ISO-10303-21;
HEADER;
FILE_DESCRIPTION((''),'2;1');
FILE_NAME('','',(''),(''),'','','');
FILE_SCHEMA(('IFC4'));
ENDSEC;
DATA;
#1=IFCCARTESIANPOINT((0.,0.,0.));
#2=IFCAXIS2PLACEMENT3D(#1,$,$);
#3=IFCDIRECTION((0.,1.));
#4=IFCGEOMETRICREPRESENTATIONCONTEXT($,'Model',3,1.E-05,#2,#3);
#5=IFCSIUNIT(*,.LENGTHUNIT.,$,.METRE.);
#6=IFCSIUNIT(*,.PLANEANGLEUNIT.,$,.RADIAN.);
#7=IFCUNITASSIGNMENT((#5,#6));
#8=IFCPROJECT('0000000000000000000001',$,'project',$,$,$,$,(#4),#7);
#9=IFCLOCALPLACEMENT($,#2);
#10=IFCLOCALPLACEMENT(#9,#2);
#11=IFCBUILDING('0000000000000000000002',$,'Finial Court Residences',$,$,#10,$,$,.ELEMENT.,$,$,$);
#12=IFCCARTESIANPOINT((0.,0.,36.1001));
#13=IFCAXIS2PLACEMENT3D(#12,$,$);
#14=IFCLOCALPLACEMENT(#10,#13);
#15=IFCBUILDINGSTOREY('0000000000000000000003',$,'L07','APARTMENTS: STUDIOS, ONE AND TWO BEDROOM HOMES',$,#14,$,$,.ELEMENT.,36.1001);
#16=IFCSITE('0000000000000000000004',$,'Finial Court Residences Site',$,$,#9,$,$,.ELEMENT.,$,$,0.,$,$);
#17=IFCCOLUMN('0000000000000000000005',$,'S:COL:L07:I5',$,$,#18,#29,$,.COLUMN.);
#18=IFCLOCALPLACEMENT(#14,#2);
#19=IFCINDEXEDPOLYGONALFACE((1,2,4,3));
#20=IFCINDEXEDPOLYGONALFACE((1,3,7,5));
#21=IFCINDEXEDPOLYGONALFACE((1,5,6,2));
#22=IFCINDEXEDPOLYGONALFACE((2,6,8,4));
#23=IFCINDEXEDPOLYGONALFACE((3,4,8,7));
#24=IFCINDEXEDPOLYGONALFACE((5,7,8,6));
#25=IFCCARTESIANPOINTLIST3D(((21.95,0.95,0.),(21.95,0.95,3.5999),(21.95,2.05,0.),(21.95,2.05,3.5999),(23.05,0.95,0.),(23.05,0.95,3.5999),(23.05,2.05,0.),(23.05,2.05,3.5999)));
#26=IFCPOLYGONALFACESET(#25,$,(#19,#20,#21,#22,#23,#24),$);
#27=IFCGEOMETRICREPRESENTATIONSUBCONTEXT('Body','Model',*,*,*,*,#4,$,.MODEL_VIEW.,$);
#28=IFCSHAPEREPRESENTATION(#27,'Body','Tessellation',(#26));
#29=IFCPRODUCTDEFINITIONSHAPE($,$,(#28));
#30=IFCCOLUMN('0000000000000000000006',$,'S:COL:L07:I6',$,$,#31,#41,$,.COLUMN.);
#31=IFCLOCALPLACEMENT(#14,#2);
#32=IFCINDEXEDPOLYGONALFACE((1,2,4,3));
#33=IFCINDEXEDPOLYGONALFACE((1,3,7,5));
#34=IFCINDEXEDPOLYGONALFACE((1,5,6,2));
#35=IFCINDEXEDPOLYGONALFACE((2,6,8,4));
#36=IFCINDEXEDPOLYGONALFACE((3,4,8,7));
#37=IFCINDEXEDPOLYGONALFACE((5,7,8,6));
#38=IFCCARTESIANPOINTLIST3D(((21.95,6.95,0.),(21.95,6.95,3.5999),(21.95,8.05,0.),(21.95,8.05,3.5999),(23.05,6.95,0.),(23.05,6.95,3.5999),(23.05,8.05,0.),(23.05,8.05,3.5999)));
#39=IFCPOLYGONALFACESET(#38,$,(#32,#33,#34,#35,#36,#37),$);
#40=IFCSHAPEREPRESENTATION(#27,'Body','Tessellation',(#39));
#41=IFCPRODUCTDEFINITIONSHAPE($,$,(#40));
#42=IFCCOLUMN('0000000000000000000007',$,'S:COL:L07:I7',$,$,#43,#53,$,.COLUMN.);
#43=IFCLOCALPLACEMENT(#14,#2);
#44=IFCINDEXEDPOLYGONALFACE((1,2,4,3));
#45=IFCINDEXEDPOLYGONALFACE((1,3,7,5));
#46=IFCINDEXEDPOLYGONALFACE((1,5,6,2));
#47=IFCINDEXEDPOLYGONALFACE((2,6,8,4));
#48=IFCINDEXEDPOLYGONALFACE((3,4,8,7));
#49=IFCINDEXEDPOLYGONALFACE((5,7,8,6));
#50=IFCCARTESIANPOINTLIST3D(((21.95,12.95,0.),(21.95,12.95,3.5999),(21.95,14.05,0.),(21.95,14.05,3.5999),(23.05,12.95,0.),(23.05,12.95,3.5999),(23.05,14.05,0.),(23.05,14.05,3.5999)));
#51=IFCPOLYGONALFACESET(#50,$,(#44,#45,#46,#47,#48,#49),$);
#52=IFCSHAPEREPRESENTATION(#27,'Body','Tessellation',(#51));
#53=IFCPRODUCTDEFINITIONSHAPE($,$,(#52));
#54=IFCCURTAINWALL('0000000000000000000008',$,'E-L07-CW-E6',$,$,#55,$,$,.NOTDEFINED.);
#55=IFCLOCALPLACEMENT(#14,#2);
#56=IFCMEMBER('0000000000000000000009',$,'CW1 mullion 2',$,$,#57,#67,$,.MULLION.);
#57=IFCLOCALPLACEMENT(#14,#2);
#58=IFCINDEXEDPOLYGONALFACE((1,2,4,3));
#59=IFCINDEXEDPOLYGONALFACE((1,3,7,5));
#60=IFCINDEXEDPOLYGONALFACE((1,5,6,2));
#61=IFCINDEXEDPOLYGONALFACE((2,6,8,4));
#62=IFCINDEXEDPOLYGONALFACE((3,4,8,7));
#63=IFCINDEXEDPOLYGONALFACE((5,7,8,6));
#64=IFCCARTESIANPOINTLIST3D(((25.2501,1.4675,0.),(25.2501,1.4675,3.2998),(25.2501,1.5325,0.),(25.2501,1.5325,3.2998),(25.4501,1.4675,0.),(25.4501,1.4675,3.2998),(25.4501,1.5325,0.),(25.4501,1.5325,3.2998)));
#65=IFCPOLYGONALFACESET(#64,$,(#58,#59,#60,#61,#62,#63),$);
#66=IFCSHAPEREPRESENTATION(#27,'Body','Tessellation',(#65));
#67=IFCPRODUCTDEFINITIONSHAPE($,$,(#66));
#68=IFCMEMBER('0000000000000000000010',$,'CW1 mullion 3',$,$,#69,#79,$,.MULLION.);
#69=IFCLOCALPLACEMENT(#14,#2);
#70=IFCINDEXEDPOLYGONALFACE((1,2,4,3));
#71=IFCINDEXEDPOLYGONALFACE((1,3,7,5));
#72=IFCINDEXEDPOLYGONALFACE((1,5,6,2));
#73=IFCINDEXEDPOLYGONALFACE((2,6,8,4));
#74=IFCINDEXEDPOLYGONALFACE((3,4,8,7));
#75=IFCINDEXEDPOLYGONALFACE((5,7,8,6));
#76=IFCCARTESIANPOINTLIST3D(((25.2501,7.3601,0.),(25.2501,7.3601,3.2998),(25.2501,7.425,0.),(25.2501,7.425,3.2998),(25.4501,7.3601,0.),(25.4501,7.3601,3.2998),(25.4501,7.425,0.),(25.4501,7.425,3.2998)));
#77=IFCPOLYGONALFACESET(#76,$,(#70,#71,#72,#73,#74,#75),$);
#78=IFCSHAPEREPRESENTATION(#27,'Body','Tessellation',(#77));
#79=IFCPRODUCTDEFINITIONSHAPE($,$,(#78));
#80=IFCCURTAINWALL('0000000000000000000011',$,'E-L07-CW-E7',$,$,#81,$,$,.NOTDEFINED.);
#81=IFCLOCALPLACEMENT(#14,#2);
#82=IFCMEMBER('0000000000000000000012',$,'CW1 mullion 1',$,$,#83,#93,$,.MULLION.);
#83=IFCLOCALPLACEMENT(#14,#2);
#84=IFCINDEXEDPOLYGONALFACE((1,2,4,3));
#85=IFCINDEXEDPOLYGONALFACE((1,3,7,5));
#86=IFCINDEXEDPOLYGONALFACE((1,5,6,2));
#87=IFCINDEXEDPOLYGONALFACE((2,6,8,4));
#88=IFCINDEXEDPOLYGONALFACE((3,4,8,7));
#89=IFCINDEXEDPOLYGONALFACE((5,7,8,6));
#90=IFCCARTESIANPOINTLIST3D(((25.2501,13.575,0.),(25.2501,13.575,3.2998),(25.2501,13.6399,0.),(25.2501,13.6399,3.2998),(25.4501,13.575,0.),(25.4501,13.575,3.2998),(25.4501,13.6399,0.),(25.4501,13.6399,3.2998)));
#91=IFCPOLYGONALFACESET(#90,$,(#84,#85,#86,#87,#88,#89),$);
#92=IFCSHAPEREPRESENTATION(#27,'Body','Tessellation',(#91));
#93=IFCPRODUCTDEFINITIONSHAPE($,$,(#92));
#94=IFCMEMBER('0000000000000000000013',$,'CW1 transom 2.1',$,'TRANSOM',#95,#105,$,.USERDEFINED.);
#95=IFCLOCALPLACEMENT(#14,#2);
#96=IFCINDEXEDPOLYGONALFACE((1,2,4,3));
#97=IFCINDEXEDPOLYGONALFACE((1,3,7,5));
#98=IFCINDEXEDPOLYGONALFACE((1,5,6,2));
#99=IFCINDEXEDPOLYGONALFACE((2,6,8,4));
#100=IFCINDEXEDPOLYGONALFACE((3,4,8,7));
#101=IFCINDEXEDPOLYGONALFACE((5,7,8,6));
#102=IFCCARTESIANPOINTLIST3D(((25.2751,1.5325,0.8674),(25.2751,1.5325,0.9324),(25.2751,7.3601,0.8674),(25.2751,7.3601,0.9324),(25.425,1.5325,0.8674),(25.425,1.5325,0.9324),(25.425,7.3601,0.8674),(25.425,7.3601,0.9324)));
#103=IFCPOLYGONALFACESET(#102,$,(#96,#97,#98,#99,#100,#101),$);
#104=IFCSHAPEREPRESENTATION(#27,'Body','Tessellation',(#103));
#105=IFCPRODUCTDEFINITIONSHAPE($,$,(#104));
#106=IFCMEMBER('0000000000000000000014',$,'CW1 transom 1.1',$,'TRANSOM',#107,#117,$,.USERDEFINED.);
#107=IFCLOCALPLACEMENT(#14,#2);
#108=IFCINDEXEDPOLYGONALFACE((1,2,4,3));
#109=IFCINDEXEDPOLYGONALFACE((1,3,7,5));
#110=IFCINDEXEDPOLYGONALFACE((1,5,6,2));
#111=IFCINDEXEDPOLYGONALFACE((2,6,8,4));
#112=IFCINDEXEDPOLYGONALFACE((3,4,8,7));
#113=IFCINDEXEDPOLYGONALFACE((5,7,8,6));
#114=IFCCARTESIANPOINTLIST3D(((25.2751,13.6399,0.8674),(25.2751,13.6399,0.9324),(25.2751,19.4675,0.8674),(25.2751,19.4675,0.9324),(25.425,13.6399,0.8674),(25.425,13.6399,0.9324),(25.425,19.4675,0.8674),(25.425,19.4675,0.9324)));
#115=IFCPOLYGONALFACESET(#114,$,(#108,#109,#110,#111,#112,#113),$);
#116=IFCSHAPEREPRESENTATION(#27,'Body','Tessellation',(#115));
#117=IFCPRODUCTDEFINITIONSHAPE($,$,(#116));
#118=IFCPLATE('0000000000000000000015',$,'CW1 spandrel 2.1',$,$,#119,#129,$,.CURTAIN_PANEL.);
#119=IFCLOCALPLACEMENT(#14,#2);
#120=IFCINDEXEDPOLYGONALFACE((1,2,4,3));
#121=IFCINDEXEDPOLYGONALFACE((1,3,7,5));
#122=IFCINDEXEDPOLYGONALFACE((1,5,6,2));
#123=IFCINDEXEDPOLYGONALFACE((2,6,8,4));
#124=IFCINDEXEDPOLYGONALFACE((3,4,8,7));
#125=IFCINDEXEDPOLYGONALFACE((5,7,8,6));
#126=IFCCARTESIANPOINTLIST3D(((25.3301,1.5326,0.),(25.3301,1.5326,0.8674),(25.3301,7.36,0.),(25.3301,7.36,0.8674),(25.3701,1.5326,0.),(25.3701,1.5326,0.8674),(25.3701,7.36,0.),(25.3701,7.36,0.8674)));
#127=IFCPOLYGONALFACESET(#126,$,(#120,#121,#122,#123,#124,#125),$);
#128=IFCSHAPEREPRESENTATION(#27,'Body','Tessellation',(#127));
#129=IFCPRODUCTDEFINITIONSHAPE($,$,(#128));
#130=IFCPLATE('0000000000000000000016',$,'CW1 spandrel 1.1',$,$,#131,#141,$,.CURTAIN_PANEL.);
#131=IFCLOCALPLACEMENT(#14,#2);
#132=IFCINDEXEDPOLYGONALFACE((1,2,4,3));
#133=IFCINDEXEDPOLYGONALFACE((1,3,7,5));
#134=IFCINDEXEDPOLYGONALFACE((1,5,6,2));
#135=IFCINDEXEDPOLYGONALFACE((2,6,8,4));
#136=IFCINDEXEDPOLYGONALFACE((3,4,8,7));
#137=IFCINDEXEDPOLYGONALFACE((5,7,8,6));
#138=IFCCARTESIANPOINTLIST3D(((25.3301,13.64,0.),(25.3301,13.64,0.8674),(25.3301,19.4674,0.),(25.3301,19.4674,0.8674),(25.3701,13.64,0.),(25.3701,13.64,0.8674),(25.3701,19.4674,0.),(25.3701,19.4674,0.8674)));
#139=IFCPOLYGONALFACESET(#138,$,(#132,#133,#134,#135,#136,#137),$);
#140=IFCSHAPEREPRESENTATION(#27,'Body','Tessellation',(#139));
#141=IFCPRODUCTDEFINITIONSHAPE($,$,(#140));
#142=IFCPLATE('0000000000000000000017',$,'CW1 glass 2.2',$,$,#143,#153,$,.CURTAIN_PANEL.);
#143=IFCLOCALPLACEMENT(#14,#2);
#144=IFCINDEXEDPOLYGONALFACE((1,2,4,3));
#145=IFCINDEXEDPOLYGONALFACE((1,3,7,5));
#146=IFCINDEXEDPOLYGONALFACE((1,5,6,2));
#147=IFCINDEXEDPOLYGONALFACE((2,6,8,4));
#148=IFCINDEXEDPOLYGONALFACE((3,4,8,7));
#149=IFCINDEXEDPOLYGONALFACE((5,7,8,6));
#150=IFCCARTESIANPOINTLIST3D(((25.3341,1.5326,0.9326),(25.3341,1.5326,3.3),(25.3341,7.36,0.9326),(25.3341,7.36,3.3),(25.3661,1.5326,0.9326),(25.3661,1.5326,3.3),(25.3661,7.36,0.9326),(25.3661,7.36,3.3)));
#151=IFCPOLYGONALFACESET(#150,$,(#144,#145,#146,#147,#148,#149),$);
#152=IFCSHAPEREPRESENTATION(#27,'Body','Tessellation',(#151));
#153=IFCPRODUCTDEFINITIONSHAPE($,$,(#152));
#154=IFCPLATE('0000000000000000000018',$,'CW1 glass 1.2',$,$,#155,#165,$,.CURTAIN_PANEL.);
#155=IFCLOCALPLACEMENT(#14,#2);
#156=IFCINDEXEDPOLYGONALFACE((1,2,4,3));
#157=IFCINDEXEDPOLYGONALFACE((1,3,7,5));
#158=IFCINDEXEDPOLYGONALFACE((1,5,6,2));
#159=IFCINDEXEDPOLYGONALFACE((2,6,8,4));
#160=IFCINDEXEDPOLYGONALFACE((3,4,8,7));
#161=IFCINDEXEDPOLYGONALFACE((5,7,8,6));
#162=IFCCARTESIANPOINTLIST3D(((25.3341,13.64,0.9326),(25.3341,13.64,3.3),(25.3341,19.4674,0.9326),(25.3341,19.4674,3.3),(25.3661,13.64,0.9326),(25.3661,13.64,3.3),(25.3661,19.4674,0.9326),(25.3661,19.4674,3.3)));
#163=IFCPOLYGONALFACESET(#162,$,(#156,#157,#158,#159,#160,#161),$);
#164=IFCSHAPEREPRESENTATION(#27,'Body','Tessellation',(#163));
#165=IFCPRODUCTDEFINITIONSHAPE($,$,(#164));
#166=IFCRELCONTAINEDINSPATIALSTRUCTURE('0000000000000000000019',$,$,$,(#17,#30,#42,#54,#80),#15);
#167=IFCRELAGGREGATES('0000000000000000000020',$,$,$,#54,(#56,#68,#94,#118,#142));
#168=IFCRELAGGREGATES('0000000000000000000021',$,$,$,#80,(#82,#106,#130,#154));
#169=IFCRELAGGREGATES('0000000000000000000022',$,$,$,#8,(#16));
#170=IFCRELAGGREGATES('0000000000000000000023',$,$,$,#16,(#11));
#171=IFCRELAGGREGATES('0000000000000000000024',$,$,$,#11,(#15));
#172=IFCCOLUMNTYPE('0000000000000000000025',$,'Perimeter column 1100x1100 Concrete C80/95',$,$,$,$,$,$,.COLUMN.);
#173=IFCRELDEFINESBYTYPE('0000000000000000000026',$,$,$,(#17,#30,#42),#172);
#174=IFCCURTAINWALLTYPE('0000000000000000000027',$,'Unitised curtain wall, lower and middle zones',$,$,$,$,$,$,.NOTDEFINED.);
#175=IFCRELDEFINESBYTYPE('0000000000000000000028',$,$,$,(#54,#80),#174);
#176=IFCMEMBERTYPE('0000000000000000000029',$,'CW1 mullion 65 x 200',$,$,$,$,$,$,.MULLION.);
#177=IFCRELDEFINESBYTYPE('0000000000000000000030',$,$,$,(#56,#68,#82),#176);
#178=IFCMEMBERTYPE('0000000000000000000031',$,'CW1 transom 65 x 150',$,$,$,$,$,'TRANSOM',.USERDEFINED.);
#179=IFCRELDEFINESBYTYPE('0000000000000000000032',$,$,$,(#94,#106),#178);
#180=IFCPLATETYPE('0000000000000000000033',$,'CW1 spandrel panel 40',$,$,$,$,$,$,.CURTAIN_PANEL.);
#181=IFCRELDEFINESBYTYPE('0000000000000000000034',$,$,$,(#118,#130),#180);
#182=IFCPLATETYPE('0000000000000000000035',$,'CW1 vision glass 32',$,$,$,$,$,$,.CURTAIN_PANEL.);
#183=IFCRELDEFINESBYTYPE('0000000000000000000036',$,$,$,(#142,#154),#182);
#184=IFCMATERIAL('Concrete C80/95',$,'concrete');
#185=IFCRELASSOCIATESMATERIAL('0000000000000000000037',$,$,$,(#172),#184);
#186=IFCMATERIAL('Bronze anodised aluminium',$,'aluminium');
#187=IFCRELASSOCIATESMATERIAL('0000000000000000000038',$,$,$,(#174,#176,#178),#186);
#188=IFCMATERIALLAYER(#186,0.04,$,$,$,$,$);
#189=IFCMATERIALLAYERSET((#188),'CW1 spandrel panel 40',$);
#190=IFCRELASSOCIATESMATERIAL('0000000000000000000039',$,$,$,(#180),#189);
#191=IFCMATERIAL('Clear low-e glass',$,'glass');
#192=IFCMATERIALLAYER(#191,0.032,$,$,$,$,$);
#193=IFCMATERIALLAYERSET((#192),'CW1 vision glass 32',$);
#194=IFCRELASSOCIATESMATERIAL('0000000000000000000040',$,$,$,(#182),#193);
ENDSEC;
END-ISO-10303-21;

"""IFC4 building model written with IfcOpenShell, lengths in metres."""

from ifc_helpers import new_model, si_unit, direction, frame, origin, origin_2d, place, context, subcontext, project, spatial, rectangle, extrude, material, layer, layer_set, material_profile, profile_set, type_object, element, aggregate, save


model = new_model("IFC4")

# Units and contexts
model_context = context("Model", 3, precision=1e-05, world=origin(), true_north=direction((0.0, 1.0)))
body_context = subcontext(model_context, "Body", "Model", "MODEL_VIEW")
ifc_project = project(units=[si_unit("LENGTHUNIT", "METRE"), si_unit("PLANEANGLEUNIT", "RADIAN")], contexts=[model_context])

# Site, building, storey
site_placement = place(None, origin())
site = spatial("IfcSite", under=ifc_project, at=site_placement, Name="Finial Court Residences Site", CompositionType="ELEMENT", RefElevation=0.0)
building_placement = place(site_placement, origin())
building = spatial("IfcBuilding", under=site, at=building_placement, Name="Finial Court Residences", CompositionType="ELEMENT")
storey_placement = place(building_placement, frame((0.0, 0.0, 36.1001)))
storey = spatial("IfcBuildingStorey", under=building, at=storey_placement, Name="L07", Description="APARTMENTS: STUDIOS, ONE AND TWO BEDROOM HOMES", CompositionType="ELEMENT", Elevation=36.1001)

# Columns
ifc_material_1 = material(Name="Concrete C80/95", Category="concrete")
ifc_material_profile_1 = material_profile(ifc_material_1, rectangle(XDim=1.1001, YDim=1.1001, at=origin_2d()), Name="1100x1100")
ifc_profile_set_1 = profile_set([ifc_material_profile_1], Name="Concrete C80/95")
column_type = type_object("IfcColumnType", Name="Perimeter column 1100x1100 Concrete C80/95", PredefinedType="COLUMN", material=ifc_profile_set_1)
for number, where, z_axis, x_axis, name in (
    (1, (22.5, 1.5, 0.0), (0.0, 0.0, 1.0), (1.0, 0.0, 0.0), "S:COL:L07:I5"),
    (2, (22.5, 7.5, 0.0), (0.0, 0.0, 1.0), (1.0, 0.0, 0.0), "S:COL:L07:I6"),
    (3, (22.5, 13.5, 0.0), (0.0, 0.0, 1.0), (1.0, 0.0, 0.0), "S:COL:L07:I7"),
):
    element("IfcColumn", number, at=place(storey_placement, frame(where, z_axis=z_axis, x_axis=x_axis)), inside=storey, type_object=column_type, Name=name, PredefinedType="COLUMN", context=body_context, shape_type="SweptSolid", body=[
        extrude(rectangle(XDim=1.1001, YDim=1.1001, at=origin_2d()), origin(), (0.0, 0.0, 1.0), 3.5999),
    ])

# Curtain wall, members
ifc_material_2 = material(Name="Bronze anodised aluminium", Category="aluminium")
curtain_wall_type = type_object("IfcCurtainWallType", Name="Unitised curtain wall, lower and middle zones", PredefinedType="NOTDEFINED", material=ifc_material_2)
curtain_wall_1_placement = place(storey_placement, origin())
curtain_wall_1 = element("IfcCurtainWall", 4, at=curtain_wall_1_placement, inside=storey, type_object=curtain_wall_type, Name="E-L07-CW-E6", PredefinedType="NOTDEFINED")
ifc_material_profile_2 = material_profile(ifc_material_2, rectangle(XDim=0.2, YDim=0.0649, at=origin_2d()), Name="CW1 mullion 65 x 200")
ifc_profile_set_2 = profile_set([ifc_material_profile_2], Name="Bronze anodised aluminium")
member_type_1 = type_object("IfcMemberType", Name="CW1 mullion 65 x 200", PredefinedType="MULLION", material=ifc_profile_set_2)
member_1_placement = place(storey_placement, frame((25.3501, 1.5, 0.0), z_axis=(0.0, 0.0, 1.0), x_axis=(-1.0, 0.0, 0.0)))
member_1 = element("IfcMember", 5, at=member_1_placement, type_object=member_type_1, Name="CW1 mullion 2", PredefinedType="MULLION", context=body_context, shape_type="SweptSolid", body=[
    extrude(rectangle(XDim=0.2, YDim=0.0649, at=origin_2d()), origin(), (0.0, 0.0, 1.0), 3.2998),
])
member_2_placement = place(storey_placement, frame((25.3501, 7.3926, 0.0), z_axis=(0.0, 0.0, 1.0), x_axis=(-1.0, 0.0, 0.0)))
member_2 = element("IfcMember", 6, at=member_2_placement, type_object=member_type_1, Name="CW1 mullion 3", PredefinedType="MULLION", context=body_context, shape_type="SweptSolid", body=[
    extrude(rectangle(XDim=0.2, YDim=0.0649, at=origin_2d()), origin(), (0.0, 0.0, 1.0), 3.2998),
])

# Curtain wall, member
curtain_wall_2_placement = place(storey_placement, origin())
curtain_wall_2 = element("IfcCurtainWall", 7, at=curtain_wall_2_placement, inside=storey, type_object=curtain_wall_type, Name="E-L07-CW-E7", PredefinedType="NOTDEFINED")
member_3_placement = place(storey_placement, frame((25.3501, 13.6074, 0.0), z_axis=(0.0, 0.0, 1.0), x_axis=(-1.0, 0.0, 0.0)))
member_3 = element("IfcMember", 8, at=member_3_placement, type_object=member_type_1, Name="CW1 mullion 1", PredefinedType="MULLION", context=body_context, shape_type="SweptSolid", body=[
    extrude(rectangle(XDim=0.2, YDim=0.0649, at=origin_2d()), origin(), (0.0, 0.0, 1.0), 3.2998),
])

# Members
ifc_material_profile_3 = material_profile(ifc_material_2, rectangle(XDim=0.1499, YDim=0.0649, at=origin_2d()), Name="CW1 transom 65 x 150")
ifc_profile_set_3 = profile_set([ifc_material_profile_3], Name="Bronze anodised aluminium")
member_type_2 = type_object("IfcMemberType", Name="CW1 transom 65 x 150", ElementType="TRANSOM", PredefinedType="USERDEFINED", material=ifc_profile_set_3)
member_4_placement = place(storey_placement, frame((25.3501, 1.5325, 0.8999), z_axis=(0.0, 1.0, 0.0), x_axis=(-1.0, 0.0, 0.0)))
member_4 = element("IfcMember", 9, at=member_4_placement, type_object=member_type_2, Name="CW1 transom 2.1", ObjectType="TRANSOM", PredefinedType="USERDEFINED", context=body_context, shape_type="SweptSolid", body=[
    extrude(rectangle(XDim=0.1499, YDim=0.0649, at=origin_2d()), origin(), (0.0, 0.0, 1.0), 5.8276),
])
member_5_placement = place(storey_placement, frame((25.3501, 13.6399, 0.8999), z_axis=(0.0, 1.0, 0.0), x_axis=(-1.0, 0.0, 0.0)))
member_5 = element("IfcMember", 10, at=member_5_placement, type_object=member_type_2, Name="CW1 transom 1.1", ObjectType="TRANSOM", PredefinedType="USERDEFINED", context=body_context, shape_type="SweptSolid", body=[
    extrude(rectangle(XDim=0.1499, YDim=0.0649, at=origin_2d()), origin(), (0.0, 0.0, 1.0), 5.8276),
])

# Plates
ifc_layer_1 = layer(ifc_material_2, 0.04)
ifc_layer_set_1 = layer_set([ifc_layer_1], Name="CW1 spandrel panel 40")
plate_type_1 = type_object("IfcPlateType", Name="CW1 spandrel panel 40", PredefinedType="CURTAIN_PANEL", material=ifc_layer_set_1)
plate_1_placement = place(storey_placement, frame((25.3501, 4.4463, 0.0), z_axis=(0.0, 0.0, 1.0), x_axis=(0.0, 1.0, 0.0)))
plate_1 = element("IfcPlate", 11, at=plate_1_placement, type_object=plate_type_1, Name="CW1 spandrel 2.1", PredefinedType="CURTAIN_PANEL", context=body_context, shape_type="SweptSolid", body=[
    extrude(rectangle(XDim=5.8274, YDim=0.04, at=origin_2d()), origin(), (0.0, 0.0, 1.0), 0.8674),
])
plate_2_placement = place(storey_placement, frame((25.3501, 16.5537, 0.0), z_axis=(0.0, 0.0, 1.0), x_axis=(0.0, 1.0, 0.0)))
plate_2 = element("IfcPlate", 12, at=plate_2_placement, type_object=plate_type_1, Name="CW1 spandrel 1.1", PredefinedType="CURTAIN_PANEL", context=body_context, shape_type="SweptSolid", body=[
    extrude(rectangle(XDim=5.8274, YDim=0.04, at=origin_2d()), origin(), (0.0, 0.0, 1.0), 0.8674),
])
ifc_material_3 = material(Name="Clear low-e glass", Category="glass")
ifc_layer_2 = layer(ifc_material_3, 0.032)
ifc_layer_set_2 = layer_set([ifc_layer_2], Name="CW1 vision glass 32")
plate_type_2 = type_object("IfcPlateType", Name="CW1 vision glass 32", PredefinedType="CURTAIN_PANEL", material=ifc_layer_set_2)
plate_3_placement = place(storey_placement, frame((25.3501, 4.4463, 0.9326), z_axis=(0.0, 0.0, 1.0), x_axis=(0.0, 1.0, 0.0)))
plate_3 = element("IfcPlate", 13, at=plate_3_placement, type_object=plate_type_2, Name="CW1 glass 2.2", PredefinedType="CURTAIN_PANEL", context=body_context, shape_type="SweptSolid", body=[
    extrude(rectangle(XDim=5.8274, YDim=0.032, at=origin_2d()), origin(), (0.0, 0.0, 1.0), 2.3674),
])
aggregate(curtain_wall_1, [member_1, member_2, member_4, plate_1, plate_3])
plate_4_placement = place(storey_placement, frame((25.3501, 16.5537, 0.9326), z_axis=(0.0, 0.0, 1.0), x_axis=(0.0, 1.0, 0.0)))
plate_4 = element("IfcPlate", 14, at=plate_4_placement, type_object=plate_type_2, Name="CW1 glass 1.2", PredefinedType="CURTAIN_PANEL", context=body_context, shape_type="SweptSolid", body=[
    extrude(rectangle(XDim=5.8274, YDim=0.032, at=origin_2d()), origin(), (0.0, 0.0, 1.0), 2.3674),
])
aggregate(curtain_wall_2, [member_3, member_5, plate_2, plate_4])

save(model, "model.ifc")
